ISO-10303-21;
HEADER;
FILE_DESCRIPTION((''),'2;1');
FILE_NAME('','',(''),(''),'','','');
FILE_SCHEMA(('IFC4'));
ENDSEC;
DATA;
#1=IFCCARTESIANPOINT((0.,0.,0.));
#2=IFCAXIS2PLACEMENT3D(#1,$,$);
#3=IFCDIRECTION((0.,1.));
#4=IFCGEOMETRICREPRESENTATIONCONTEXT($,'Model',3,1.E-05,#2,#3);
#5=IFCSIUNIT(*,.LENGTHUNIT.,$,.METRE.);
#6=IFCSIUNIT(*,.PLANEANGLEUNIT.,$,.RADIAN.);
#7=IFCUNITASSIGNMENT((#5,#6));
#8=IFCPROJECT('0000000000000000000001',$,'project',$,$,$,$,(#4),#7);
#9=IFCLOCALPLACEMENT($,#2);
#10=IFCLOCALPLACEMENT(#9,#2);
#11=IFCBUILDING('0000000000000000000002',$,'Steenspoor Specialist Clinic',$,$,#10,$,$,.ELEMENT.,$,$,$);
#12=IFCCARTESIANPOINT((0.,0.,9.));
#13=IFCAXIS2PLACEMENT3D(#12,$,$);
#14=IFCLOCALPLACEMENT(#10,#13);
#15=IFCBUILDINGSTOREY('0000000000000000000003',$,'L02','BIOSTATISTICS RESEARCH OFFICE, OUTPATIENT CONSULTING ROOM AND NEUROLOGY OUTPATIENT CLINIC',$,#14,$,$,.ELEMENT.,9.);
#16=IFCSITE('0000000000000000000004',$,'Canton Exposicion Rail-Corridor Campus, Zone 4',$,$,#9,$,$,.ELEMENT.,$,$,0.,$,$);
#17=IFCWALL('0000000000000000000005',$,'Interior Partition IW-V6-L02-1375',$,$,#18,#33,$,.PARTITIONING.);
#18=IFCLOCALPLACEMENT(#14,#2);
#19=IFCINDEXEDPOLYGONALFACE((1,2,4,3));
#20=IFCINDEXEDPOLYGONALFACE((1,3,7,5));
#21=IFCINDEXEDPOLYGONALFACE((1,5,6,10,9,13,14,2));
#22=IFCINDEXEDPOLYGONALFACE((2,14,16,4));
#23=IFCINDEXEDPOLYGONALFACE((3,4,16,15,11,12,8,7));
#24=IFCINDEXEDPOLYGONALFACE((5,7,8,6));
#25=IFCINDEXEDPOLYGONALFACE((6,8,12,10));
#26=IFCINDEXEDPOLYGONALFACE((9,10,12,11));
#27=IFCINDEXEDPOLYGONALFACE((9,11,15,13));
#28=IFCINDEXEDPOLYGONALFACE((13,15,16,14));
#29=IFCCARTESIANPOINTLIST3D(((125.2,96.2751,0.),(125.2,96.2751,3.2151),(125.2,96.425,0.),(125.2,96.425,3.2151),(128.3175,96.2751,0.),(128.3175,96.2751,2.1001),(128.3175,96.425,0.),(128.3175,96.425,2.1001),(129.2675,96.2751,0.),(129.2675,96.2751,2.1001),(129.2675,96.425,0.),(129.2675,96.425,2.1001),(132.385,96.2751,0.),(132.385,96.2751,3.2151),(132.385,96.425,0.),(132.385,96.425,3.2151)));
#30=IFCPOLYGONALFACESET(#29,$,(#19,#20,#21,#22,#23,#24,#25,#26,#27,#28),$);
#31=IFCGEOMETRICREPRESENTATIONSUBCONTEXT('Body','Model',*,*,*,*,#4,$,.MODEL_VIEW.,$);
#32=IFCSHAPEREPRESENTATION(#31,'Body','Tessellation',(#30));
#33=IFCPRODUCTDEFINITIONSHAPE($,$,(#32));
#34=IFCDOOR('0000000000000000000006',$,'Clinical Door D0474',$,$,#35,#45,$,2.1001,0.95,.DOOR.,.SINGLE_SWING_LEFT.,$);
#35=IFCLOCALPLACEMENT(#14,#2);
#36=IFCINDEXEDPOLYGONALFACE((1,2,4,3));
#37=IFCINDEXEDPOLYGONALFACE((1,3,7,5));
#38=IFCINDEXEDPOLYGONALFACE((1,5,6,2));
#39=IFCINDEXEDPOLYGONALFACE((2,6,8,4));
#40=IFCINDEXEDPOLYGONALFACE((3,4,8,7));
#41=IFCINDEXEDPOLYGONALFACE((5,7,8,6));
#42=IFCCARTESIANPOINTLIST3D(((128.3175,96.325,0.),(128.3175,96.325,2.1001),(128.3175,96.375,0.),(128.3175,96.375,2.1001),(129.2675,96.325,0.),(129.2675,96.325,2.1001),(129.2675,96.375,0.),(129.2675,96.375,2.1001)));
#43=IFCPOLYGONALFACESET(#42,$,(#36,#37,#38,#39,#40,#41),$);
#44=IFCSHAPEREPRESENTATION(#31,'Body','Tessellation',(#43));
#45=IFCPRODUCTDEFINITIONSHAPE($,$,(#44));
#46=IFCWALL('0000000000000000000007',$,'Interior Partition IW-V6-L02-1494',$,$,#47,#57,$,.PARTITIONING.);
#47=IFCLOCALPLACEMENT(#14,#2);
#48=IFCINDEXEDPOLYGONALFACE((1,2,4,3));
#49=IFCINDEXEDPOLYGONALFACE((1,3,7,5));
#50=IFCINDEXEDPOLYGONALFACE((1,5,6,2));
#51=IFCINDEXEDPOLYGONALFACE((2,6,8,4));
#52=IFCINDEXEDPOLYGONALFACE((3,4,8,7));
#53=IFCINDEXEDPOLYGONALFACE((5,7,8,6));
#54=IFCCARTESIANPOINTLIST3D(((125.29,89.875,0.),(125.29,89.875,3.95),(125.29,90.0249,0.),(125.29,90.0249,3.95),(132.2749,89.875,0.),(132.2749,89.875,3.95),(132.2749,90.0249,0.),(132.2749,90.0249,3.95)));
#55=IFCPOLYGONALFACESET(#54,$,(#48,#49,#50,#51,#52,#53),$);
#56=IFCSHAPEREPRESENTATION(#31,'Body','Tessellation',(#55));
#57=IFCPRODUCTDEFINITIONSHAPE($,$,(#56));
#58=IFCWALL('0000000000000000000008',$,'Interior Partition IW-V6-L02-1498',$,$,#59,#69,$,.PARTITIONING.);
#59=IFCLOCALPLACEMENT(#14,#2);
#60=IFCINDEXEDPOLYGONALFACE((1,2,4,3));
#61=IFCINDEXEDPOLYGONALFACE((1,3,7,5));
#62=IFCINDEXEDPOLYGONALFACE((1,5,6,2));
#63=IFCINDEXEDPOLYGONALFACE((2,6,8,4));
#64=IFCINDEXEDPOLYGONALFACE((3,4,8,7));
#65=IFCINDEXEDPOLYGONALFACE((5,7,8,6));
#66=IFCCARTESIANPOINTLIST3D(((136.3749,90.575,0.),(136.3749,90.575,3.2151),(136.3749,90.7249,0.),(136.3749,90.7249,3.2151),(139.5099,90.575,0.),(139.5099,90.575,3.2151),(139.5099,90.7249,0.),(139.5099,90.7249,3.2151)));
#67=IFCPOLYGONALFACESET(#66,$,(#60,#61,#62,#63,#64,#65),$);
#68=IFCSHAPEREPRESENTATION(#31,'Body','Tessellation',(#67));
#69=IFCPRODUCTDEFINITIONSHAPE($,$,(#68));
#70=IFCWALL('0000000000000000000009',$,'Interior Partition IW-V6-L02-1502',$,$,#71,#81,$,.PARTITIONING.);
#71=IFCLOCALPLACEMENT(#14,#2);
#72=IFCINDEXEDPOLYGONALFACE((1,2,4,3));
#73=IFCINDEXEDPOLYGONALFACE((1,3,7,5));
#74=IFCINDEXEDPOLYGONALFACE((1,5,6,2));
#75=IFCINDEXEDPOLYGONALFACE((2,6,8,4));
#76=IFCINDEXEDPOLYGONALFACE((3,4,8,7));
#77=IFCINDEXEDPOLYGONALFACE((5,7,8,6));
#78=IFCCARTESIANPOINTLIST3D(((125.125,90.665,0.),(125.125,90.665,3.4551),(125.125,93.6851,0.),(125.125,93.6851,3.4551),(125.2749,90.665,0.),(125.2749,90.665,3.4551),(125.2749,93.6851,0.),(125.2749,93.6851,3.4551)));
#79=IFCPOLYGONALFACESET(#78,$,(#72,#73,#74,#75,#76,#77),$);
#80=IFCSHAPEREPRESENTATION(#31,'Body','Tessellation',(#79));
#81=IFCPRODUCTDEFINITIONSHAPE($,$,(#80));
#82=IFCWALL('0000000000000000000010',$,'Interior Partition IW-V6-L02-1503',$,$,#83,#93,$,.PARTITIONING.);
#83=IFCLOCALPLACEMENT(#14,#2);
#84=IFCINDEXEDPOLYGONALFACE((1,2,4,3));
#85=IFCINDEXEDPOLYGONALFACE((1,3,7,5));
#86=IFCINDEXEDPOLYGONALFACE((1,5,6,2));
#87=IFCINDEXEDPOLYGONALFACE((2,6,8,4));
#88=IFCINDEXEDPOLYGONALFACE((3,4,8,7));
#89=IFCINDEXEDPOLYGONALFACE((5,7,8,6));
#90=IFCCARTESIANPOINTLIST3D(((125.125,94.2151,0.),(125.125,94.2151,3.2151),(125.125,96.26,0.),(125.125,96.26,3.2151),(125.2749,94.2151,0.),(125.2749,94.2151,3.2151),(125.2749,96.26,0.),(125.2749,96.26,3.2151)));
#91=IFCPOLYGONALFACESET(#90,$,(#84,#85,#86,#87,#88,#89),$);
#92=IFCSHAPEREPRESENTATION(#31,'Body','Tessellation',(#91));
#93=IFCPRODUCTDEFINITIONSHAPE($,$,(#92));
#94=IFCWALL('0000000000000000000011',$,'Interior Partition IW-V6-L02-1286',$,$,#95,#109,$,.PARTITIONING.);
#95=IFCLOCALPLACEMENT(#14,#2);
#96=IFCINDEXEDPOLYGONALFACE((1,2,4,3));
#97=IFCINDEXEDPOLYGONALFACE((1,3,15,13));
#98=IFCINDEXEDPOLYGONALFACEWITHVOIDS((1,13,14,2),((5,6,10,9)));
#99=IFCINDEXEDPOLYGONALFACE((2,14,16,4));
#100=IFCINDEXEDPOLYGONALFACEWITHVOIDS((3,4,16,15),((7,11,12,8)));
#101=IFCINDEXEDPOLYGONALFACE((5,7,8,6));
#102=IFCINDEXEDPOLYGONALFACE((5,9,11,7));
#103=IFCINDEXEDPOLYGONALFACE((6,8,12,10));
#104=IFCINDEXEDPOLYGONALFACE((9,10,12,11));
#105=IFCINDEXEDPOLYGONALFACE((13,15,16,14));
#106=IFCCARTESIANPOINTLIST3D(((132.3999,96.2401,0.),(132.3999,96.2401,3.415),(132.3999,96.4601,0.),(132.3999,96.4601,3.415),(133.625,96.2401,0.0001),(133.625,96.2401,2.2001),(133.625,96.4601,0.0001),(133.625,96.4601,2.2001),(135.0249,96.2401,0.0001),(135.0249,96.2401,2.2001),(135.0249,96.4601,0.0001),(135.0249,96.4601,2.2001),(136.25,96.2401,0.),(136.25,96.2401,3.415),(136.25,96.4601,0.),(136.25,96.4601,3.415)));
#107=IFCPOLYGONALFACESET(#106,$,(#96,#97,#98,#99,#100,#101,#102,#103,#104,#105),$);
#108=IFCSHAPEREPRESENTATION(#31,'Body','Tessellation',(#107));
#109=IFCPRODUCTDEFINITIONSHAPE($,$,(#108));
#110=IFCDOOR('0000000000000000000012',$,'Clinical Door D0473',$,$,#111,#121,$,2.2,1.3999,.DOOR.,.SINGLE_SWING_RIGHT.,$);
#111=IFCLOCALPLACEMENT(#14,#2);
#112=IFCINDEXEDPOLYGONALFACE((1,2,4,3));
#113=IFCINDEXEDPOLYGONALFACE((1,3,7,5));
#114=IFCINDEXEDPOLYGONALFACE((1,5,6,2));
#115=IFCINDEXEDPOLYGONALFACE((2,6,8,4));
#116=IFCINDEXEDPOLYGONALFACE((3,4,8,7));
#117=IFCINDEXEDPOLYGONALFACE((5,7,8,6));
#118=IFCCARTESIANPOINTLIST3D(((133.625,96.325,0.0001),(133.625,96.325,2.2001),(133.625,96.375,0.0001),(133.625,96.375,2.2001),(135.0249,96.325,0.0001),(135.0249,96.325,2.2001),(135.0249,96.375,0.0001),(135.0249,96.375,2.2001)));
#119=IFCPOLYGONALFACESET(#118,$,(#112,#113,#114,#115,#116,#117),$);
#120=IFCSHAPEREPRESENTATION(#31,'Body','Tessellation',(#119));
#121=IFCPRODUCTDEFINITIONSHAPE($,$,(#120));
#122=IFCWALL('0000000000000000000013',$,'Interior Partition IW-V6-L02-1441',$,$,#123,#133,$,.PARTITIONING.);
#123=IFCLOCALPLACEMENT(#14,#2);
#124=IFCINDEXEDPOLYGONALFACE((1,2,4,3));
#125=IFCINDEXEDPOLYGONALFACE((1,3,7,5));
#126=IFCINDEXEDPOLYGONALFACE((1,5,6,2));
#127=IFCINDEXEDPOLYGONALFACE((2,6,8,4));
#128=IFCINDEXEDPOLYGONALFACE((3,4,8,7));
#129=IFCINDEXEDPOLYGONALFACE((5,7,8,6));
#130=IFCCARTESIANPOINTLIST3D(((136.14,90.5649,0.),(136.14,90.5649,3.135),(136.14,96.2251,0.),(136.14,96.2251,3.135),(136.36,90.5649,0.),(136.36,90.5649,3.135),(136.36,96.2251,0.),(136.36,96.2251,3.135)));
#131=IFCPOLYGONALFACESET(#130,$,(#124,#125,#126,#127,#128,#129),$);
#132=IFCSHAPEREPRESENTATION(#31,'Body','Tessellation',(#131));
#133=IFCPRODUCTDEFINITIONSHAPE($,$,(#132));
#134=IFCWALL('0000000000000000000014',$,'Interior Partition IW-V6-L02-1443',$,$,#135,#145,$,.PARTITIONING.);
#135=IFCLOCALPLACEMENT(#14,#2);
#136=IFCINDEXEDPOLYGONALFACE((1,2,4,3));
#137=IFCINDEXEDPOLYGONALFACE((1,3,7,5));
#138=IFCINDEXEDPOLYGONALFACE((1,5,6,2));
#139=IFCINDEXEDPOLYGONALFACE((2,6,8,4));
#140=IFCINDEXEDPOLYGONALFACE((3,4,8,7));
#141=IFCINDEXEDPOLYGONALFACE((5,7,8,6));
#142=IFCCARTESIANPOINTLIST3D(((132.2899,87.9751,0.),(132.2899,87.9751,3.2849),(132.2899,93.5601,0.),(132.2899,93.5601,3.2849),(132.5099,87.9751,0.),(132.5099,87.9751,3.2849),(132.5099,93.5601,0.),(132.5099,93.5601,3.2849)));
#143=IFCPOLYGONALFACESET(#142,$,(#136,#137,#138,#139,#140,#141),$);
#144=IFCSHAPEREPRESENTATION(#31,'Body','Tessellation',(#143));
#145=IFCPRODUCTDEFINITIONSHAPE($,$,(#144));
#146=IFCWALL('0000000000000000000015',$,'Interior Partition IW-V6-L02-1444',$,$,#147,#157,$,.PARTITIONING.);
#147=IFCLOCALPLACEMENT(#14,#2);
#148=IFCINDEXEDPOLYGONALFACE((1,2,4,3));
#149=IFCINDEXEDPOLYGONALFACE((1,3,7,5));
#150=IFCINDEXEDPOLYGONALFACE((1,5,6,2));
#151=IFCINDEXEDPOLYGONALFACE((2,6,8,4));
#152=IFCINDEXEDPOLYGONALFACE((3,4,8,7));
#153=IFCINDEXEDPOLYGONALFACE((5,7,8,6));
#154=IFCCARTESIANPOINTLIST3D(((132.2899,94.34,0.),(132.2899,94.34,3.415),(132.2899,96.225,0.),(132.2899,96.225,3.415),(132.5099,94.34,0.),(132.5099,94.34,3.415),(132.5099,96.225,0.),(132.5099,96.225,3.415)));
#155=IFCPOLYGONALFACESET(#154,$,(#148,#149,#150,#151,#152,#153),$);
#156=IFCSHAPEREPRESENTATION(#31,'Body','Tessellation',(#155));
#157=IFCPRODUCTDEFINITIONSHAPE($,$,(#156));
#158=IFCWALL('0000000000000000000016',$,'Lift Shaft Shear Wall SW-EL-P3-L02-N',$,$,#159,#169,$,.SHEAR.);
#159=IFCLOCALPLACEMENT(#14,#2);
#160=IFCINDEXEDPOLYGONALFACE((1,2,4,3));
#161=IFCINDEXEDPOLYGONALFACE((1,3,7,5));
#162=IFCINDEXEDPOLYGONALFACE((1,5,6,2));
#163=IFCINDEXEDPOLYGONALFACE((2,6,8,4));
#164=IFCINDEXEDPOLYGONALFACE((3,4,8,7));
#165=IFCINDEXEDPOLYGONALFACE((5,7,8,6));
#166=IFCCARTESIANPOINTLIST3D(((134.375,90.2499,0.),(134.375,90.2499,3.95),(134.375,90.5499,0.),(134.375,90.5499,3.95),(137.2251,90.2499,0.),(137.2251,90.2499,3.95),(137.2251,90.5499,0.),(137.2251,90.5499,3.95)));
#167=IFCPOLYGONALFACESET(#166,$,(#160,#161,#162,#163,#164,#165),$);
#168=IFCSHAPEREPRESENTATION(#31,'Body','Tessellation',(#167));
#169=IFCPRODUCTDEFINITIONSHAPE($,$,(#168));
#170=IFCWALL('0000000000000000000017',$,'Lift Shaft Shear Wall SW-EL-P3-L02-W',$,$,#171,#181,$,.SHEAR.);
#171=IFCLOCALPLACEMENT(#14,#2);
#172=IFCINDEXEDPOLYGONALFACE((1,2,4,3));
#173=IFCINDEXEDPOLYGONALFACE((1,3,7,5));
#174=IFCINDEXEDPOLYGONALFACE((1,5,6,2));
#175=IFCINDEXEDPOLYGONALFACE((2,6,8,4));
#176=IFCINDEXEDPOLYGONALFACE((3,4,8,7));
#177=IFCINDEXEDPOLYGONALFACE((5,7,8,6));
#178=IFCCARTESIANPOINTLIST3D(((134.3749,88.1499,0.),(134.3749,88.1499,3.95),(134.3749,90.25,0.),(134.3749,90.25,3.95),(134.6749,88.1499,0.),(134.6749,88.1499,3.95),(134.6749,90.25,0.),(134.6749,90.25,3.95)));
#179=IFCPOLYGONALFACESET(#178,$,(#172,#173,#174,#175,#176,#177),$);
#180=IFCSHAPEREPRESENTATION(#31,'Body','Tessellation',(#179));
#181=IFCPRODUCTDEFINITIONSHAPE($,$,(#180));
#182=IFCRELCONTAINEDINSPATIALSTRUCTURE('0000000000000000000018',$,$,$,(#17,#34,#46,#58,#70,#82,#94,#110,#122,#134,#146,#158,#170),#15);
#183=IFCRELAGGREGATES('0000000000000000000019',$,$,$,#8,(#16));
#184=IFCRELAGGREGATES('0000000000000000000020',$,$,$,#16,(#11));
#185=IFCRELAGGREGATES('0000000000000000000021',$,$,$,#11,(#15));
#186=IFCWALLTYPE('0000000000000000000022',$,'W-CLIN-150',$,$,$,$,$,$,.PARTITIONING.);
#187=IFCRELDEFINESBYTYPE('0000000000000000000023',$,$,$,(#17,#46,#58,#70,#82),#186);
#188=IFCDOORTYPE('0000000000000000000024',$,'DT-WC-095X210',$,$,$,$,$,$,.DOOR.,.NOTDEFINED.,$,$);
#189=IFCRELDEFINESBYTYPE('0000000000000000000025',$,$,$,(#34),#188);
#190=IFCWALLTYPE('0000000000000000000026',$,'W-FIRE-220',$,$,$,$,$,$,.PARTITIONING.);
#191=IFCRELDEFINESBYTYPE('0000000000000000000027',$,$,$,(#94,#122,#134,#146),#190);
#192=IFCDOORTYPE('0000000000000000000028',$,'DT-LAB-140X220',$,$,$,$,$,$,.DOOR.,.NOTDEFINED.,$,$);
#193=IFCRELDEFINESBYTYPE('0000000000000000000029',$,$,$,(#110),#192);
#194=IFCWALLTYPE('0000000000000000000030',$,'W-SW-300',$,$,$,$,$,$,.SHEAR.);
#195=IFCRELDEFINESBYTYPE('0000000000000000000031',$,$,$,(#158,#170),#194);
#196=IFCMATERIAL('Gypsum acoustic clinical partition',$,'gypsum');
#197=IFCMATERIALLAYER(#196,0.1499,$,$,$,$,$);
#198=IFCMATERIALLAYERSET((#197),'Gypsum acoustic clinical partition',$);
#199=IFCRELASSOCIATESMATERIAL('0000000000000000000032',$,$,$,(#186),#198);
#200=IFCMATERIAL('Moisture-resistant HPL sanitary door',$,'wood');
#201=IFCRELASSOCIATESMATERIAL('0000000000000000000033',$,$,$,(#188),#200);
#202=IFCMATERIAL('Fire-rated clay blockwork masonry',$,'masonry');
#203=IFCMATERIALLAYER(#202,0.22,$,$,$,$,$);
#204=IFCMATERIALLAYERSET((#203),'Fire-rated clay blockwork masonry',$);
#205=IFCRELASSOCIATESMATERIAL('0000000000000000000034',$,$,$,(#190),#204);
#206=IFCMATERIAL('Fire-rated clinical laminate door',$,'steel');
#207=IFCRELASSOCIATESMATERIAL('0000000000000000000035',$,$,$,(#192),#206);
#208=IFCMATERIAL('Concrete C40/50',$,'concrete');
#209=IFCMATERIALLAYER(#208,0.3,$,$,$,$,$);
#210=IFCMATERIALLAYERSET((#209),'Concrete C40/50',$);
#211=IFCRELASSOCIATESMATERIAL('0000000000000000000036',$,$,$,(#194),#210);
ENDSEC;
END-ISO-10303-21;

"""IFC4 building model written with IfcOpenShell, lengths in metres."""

from ifc_helpers import new_model, si_unit, direction, frame, frame_2d, origin, place, context, subcontext, project, spatial, rectangle, extrude, material, layer, layer_set, type_object, element, fill, save


model = new_model("IFC4")

# Units and contexts
model_context = context("Model", 3, precision=1e-05, world=origin(), true_north=direction((0.0, 1.0)))
body_context = subcontext(model_context, "Body", "Model", "MODEL_VIEW")
ifc_project = project(units=[si_unit("LENGTHUNIT", "METRE"), si_unit("PLANEANGLEUNIT", "RADIAN")], contexts=[model_context])

# Site, building, storey
site_placement = place(None, origin())
site = spatial("IfcSite", under=ifc_project, at=site_placement, Name="Canton Exposicion Rail-Corridor Campus, Zone 4", CompositionType="ELEMENT", RefElevation=0.0)
building_placement = place(site_placement, origin())
building = spatial("IfcBuilding", under=site, at=building_placement, Name="Steenspoor Specialist Clinic", CompositionType="ELEMENT")
storey_placement = place(building_placement, frame((0.0, 0.0, 9.0)))
storey = spatial("IfcBuildingStorey", under=building, at=storey_placement, Name="L02", Description="BIOSTATISTICS RESEARCH OFFICE, OUTPATIENT CONSULTING ROOM AND NEUROLOGY OUTPATIENT CLINIC", CompositionType="ELEMENT", Elevation=9.0)

# Shared definitions
ifc_material_1 = material(Name="Concrete C40/50", Category="concrete")

# Wall, opening, door
ifc_material_2 = material(Name="Gypsum acoustic clinical partition", Category="gypsum")
ifc_layer_1 = layer(ifc_material_2, 0.1499)
ifc_layer_set_1 = layer_set([ifc_layer_1], Name="Gypsum acoustic clinical partition")
wall_type_1 = type_object("IfcWallType", Name="W-CLIN-150", PredefinedType="PARTITIONING", material=ifc_layer_set_1)
wall_1_placement = place(storey_placement, frame((125.2, 96.3501, 0.0), z_axis=(0.0, 0.0, 1.0), x_axis=(1.0, 0.0, 0.0)))
wall_1 = element("IfcWall", 1, at=wall_1_placement, inside=storey, type_object=wall_type_1, Name="Interior Partition IW-V6-L02-1375", PredefinedType="PARTITIONING", context=body_context, shape_type="SweptSolid", body=[
    extrude(rectangle(XDim=7.1851, YDim=0.1499, at=frame_2d((3.5925, 0.0))), origin(), (0.0, 0.0, 1.0), 3.2151),
])
opening_1_placement = place(wall_1_placement, frame((3.1174, 0.0, 0.0)))
opening_1 = element("IfcOpeningElement", 2, at=opening_1_placement, cuts=wall_1, PredefinedType="OPENING", context=body_context, shape_type="SweptSolid", body=[
    extrude(rectangle(XDim=0.95, YDim=2.1001, at=frame_2d((0.4751, 1.05))), frame((0.0, 0.085, 0.0), z_axis=(0.0, -1.0, 0.0), x_axis=(1.0, 0.0, 0.0)), (0.0, 0.0, 1.0), 0.1699),
])
ifc_material_3 = material(Name="Moisture-resistant HPL sanitary door", Category="wood")
door_type_1 = type_object("IfcDoorType", Name="DT-WC-095X210", OperationType="NOTDEFINED", PredefinedType="DOOR", material=ifc_material_3)
door_1_placement = place(opening_1_placement, origin())
door_1 = element("IfcDoor", 3, at=door_1_placement, inside=storey, type_object=door_type_1, Name="Clinical Door D0474", OperationType="SINGLE_SWING_LEFT", OverallHeight=2.1001, OverallWidth=0.95, PredefinedType="DOOR", context=body_context, shape_type="SweptSolid", body=[
    extrude(rectangle(XDim=0.95, YDim=2.1001, at=frame_2d((0.4751, 1.05))), frame((0.0, 0.0249, 0.0), z_axis=(0.0, -1.0, 0.0), x_axis=(1.0, 0.0, 0.0)), (0.0, 0.0, 1.0), 0.05),
])
fill(opening_1, door_1)

# Walls
wall_2_placement = place(storey_placement, frame((125.29, 89.95, 0.0), z_axis=(0.0, 0.0, 1.0), x_axis=(1.0, 0.0, 0.0)))
element("IfcWall", 4, at=wall_2_placement, inside=storey, type_object=wall_type_1, Name="Interior Partition IW-V6-L02-1494", PredefinedType="PARTITIONING", context=body_context, shape_type="SweptSolid", body=[
    extrude(rectangle(XDim=6.9849, YDim=0.1499, at=frame_2d((3.4924, 0.0))), origin(), (0.0, 0.0, 1.0), 3.95),
])
wall_3_placement = place(storey_placement, frame((136.375, 90.6499, 0.0), z_axis=(0.0, 0.0, 1.0), x_axis=(1.0, 0.0, 0.0)))
element("IfcWall", 5, at=wall_3_placement, inside=storey, type_object=wall_type_1, Name="Interior Partition IW-V6-L02-1498", PredefinedType="PARTITIONING", context=body_context, shape_type="SweptSolid", body=[
    extrude(rectangle(XDim=3.135, YDim=0.1499, at=frame_2d((1.5674, 0.0))), origin(), (0.0, 0.0, 1.0), 3.2151),
])
wall_4_placement = place(storey_placement, frame((125.2, 90.665, 0.0), z_axis=(0.0, 0.0, 1.0), x_axis=(0.0, 1.0, 0.0)))
element("IfcWall", 6, at=wall_4_placement, inside=storey, type_object=wall_type_1, Name="Interior Partition IW-V6-L02-1502", PredefinedType="PARTITIONING", context=body_context, shape_type="SweptSolid", body=[
    extrude(rectangle(XDim=3.02, YDim=0.1499, at=frame_2d((1.51, 0.0))), origin(), (0.0, 0.0, 1.0), 3.4551),
])
wall_5_placement = place(storey_placement, frame((125.2, 94.2151, 0.0), z_axis=(0.0, 0.0, 1.0), x_axis=(0.0, 1.0, 0.0)))
element("IfcWall", 7, at=wall_5_placement, inside=storey, type_object=wall_type_1, Name="Interior Partition IW-V6-L02-1503", PredefinedType="PARTITIONING", context=body_context, shape_type="SweptSolid", body=[
    extrude(rectangle(XDim=2.0449, YDim=0.1499, at=frame_2d((1.0225, 0.0))), origin(), (0.0, 0.0, 1.0), 3.2151),
])

# Wall, opening, door
ifc_material_4 = material(Name="Fire-rated clay blockwork masonry", Category="masonry")
ifc_layer_2 = layer(ifc_material_4, 0.22)
ifc_layer_set_2 = layer_set([ifc_layer_2], Name="Fire-rated clay blockwork masonry")
wall_type_2 = type_object("IfcWallType", Name="W-FIRE-220", PredefinedType="PARTITIONING", material=ifc_layer_set_2)
wall_6_placement = place(storey_placement, frame((132.3999, 96.3501, 0.0), z_axis=(0.0, 0.0, 1.0), x_axis=(1.0, 0.0, 0.0)))
wall_6 = element("IfcWall", 8, at=wall_6_placement, inside=storey, type_object=wall_type_2, Name="Interior Partition IW-V6-L02-1286", PredefinedType="PARTITIONING", context=body_context, shape_type="SweptSolid", body=[
    extrude(rectangle(XDim=3.8501, YDim=0.22, at=frame_2d((1.925, 0.0))), origin(), (0.0, 0.0, 1.0), 3.415),
])
opening_2_placement = place(wall_6_placement, frame((1.2251, 0.0, 0.0)))
opening_2 = element("IfcOpeningElement", 9, at=opening_2_placement, cuts=wall_6, PredefinedType="OPENING", context=body_context, shape_type="SweptSolid", body=[
    extrude(rectangle(XDim=1.3999, YDim=2.2, at=frame_2d((0.7, 1.1001))), frame((0.0, 0.1201, 0.0), z_axis=(0.0, -1.0, 0.0), x_axis=(1.0, 0.0, 0.0)), (0.0, 0.0, 1.0), 0.24),
])
ifc_material_5 = material(Name="Fire-rated clinical laminate door", Category="steel")
door_type_2 = type_object("IfcDoorType", Name="DT-LAB-140X220", OperationType="NOTDEFINED", PredefinedType="DOOR", material=ifc_material_5)
door_2_placement = place(opening_2_placement, origin())
door_2 = element("IfcDoor", 10, at=door_2_placement, inside=storey, type_object=door_type_2, Name="Clinical Door D0473", OperationType="SINGLE_SWING_RIGHT", OverallHeight=2.2, OverallWidth=1.3999, PredefinedType="DOOR", context=body_context, shape_type="SweptSolid", body=[
    extrude(rectangle(XDim=1.3999, YDim=2.2, at=frame_2d((0.7, 1.1001))), frame((0.0, 0.0249, 0.0), z_axis=(0.0, -1.0, 0.0), x_axis=(1.0, 0.0, 0.0)), (0.0, 0.0, 1.0), 0.05),
])
fill(opening_2, door_2)

# Walls
wall_7_placement = place(storey_placement, frame((136.25, 90.5649, 0.0), z_axis=(0.0, 0.0, 1.0), x_axis=(0.0, 1.0, 0.0)))
element("IfcWall", 11, at=wall_7_placement, inside=storey, type_object=wall_type_2, Name="Interior Partition IW-V6-L02-1441", PredefinedType="PARTITIONING", context=body_context, shape_type="SweptSolid", body=[
    extrude(rectangle(XDim=5.6602, YDim=0.22, at=frame_2d((2.8301, 0.0))), origin(), (0.0, 0.0, 1.0), 3.135),
])
wall_8_placement = place(storey_placement, frame((132.3999, 87.9751, 0.0), z_axis=(0.0, 0.0, 1.0), x_axis=(0.0, 1.0, 0.0)))
element("IfcWall", 12, at=wall_8_placement, inside=storey, type_object=wall_type_2, Name="Interior Partition IW-V6-L02-1443", PredefinedType="PARTITIONING", context=body_context, shape_type="SweptSolid", body=[
    extrude(rectangle(XDim=5.585, YDim=0.22, at=frame_2d((2.7925, 0.0))), origin(), (0.0, 0.0, 1.0), 3.2849),
])
wall_9_placement = place(storey_placement, frame((132.3999, 94.3401, 0.0), z_axis=(0.0, 0.0, 1.0), x_axis=(0.0, 1.0, 0.0)))
element("IfcWall", 13, at=wall_9_placement, inside=storey, type_object=wall_type_2, Name="Interior Partition IW-V6-L02-1444", PredefinedType="PARTITIONING", context=body_context, shape_type="SweptSolid", body=[
    extrude(rectangle(XDim=1.885, YDim=0.22, at=frame_2d((0.9424, 0.0))), origin(), (0.0, 0.0, 1.0), 3.415),
])

# Shared definitions
ifc_layer_3 = layer(ifc_material_1, 0.3)
ifc_layer_set_3 = layer_set([ifc_layer_3], Name="Concrete C40/50")
wall_type_3 = type_object("IfcWallType", Name="W-SW-300", PredefinedType="SHEAR", material=ifc_layer_set_3)

# Walls
wall_10_placement = place(storey_placement, frame((134.375, 90.3999, 0.0), z_axis=(0.0, 0.0, 1.0), x_axis=(1.0, 0.0, 0.0)))
element("IfcWall", 14, at=wall_10_placement, inside=storey, type_object=wall_type_3, Name="Lift Shaft Shear Wall SW-EL-P3-L02-N", PredefinedType="SHEAR", context=body_context, shape_type="SweptSolid", body=[
    extrude(rectangle(XDim=2.8501, YDim=0.3, at=frame_2d((1.425, 0.0))), origin(), (0.0, 0.0, 1.0), 3.95),
])
for number, where, z_axis, x_axis, name in (
    (15, (134.5249, 88.1499, 0.0), (0.0, 0.0, 1.0), (0.0, 1.0, 0.0), "Lift Shaft Shear Wall SW-EL-P3-L02-W"),
):
    element("IfcWall", number, at=place(storey_placement, frame(where, z_axis=z_axis, x_axis=x_axis)), inside=storey, type_object=wall_type_3, Name=name, PredefinedType="SHEAR", context=body_context, shape_type="SweptSolid", body=[
        extrude(rectangle(XDim=2.1001, YDim=0.3, at=frame_2d((1.05, 0.0))), origin(), (0.0, 0.0, 1.0), 3.95),
    ])

save(model, "model.ifc")
